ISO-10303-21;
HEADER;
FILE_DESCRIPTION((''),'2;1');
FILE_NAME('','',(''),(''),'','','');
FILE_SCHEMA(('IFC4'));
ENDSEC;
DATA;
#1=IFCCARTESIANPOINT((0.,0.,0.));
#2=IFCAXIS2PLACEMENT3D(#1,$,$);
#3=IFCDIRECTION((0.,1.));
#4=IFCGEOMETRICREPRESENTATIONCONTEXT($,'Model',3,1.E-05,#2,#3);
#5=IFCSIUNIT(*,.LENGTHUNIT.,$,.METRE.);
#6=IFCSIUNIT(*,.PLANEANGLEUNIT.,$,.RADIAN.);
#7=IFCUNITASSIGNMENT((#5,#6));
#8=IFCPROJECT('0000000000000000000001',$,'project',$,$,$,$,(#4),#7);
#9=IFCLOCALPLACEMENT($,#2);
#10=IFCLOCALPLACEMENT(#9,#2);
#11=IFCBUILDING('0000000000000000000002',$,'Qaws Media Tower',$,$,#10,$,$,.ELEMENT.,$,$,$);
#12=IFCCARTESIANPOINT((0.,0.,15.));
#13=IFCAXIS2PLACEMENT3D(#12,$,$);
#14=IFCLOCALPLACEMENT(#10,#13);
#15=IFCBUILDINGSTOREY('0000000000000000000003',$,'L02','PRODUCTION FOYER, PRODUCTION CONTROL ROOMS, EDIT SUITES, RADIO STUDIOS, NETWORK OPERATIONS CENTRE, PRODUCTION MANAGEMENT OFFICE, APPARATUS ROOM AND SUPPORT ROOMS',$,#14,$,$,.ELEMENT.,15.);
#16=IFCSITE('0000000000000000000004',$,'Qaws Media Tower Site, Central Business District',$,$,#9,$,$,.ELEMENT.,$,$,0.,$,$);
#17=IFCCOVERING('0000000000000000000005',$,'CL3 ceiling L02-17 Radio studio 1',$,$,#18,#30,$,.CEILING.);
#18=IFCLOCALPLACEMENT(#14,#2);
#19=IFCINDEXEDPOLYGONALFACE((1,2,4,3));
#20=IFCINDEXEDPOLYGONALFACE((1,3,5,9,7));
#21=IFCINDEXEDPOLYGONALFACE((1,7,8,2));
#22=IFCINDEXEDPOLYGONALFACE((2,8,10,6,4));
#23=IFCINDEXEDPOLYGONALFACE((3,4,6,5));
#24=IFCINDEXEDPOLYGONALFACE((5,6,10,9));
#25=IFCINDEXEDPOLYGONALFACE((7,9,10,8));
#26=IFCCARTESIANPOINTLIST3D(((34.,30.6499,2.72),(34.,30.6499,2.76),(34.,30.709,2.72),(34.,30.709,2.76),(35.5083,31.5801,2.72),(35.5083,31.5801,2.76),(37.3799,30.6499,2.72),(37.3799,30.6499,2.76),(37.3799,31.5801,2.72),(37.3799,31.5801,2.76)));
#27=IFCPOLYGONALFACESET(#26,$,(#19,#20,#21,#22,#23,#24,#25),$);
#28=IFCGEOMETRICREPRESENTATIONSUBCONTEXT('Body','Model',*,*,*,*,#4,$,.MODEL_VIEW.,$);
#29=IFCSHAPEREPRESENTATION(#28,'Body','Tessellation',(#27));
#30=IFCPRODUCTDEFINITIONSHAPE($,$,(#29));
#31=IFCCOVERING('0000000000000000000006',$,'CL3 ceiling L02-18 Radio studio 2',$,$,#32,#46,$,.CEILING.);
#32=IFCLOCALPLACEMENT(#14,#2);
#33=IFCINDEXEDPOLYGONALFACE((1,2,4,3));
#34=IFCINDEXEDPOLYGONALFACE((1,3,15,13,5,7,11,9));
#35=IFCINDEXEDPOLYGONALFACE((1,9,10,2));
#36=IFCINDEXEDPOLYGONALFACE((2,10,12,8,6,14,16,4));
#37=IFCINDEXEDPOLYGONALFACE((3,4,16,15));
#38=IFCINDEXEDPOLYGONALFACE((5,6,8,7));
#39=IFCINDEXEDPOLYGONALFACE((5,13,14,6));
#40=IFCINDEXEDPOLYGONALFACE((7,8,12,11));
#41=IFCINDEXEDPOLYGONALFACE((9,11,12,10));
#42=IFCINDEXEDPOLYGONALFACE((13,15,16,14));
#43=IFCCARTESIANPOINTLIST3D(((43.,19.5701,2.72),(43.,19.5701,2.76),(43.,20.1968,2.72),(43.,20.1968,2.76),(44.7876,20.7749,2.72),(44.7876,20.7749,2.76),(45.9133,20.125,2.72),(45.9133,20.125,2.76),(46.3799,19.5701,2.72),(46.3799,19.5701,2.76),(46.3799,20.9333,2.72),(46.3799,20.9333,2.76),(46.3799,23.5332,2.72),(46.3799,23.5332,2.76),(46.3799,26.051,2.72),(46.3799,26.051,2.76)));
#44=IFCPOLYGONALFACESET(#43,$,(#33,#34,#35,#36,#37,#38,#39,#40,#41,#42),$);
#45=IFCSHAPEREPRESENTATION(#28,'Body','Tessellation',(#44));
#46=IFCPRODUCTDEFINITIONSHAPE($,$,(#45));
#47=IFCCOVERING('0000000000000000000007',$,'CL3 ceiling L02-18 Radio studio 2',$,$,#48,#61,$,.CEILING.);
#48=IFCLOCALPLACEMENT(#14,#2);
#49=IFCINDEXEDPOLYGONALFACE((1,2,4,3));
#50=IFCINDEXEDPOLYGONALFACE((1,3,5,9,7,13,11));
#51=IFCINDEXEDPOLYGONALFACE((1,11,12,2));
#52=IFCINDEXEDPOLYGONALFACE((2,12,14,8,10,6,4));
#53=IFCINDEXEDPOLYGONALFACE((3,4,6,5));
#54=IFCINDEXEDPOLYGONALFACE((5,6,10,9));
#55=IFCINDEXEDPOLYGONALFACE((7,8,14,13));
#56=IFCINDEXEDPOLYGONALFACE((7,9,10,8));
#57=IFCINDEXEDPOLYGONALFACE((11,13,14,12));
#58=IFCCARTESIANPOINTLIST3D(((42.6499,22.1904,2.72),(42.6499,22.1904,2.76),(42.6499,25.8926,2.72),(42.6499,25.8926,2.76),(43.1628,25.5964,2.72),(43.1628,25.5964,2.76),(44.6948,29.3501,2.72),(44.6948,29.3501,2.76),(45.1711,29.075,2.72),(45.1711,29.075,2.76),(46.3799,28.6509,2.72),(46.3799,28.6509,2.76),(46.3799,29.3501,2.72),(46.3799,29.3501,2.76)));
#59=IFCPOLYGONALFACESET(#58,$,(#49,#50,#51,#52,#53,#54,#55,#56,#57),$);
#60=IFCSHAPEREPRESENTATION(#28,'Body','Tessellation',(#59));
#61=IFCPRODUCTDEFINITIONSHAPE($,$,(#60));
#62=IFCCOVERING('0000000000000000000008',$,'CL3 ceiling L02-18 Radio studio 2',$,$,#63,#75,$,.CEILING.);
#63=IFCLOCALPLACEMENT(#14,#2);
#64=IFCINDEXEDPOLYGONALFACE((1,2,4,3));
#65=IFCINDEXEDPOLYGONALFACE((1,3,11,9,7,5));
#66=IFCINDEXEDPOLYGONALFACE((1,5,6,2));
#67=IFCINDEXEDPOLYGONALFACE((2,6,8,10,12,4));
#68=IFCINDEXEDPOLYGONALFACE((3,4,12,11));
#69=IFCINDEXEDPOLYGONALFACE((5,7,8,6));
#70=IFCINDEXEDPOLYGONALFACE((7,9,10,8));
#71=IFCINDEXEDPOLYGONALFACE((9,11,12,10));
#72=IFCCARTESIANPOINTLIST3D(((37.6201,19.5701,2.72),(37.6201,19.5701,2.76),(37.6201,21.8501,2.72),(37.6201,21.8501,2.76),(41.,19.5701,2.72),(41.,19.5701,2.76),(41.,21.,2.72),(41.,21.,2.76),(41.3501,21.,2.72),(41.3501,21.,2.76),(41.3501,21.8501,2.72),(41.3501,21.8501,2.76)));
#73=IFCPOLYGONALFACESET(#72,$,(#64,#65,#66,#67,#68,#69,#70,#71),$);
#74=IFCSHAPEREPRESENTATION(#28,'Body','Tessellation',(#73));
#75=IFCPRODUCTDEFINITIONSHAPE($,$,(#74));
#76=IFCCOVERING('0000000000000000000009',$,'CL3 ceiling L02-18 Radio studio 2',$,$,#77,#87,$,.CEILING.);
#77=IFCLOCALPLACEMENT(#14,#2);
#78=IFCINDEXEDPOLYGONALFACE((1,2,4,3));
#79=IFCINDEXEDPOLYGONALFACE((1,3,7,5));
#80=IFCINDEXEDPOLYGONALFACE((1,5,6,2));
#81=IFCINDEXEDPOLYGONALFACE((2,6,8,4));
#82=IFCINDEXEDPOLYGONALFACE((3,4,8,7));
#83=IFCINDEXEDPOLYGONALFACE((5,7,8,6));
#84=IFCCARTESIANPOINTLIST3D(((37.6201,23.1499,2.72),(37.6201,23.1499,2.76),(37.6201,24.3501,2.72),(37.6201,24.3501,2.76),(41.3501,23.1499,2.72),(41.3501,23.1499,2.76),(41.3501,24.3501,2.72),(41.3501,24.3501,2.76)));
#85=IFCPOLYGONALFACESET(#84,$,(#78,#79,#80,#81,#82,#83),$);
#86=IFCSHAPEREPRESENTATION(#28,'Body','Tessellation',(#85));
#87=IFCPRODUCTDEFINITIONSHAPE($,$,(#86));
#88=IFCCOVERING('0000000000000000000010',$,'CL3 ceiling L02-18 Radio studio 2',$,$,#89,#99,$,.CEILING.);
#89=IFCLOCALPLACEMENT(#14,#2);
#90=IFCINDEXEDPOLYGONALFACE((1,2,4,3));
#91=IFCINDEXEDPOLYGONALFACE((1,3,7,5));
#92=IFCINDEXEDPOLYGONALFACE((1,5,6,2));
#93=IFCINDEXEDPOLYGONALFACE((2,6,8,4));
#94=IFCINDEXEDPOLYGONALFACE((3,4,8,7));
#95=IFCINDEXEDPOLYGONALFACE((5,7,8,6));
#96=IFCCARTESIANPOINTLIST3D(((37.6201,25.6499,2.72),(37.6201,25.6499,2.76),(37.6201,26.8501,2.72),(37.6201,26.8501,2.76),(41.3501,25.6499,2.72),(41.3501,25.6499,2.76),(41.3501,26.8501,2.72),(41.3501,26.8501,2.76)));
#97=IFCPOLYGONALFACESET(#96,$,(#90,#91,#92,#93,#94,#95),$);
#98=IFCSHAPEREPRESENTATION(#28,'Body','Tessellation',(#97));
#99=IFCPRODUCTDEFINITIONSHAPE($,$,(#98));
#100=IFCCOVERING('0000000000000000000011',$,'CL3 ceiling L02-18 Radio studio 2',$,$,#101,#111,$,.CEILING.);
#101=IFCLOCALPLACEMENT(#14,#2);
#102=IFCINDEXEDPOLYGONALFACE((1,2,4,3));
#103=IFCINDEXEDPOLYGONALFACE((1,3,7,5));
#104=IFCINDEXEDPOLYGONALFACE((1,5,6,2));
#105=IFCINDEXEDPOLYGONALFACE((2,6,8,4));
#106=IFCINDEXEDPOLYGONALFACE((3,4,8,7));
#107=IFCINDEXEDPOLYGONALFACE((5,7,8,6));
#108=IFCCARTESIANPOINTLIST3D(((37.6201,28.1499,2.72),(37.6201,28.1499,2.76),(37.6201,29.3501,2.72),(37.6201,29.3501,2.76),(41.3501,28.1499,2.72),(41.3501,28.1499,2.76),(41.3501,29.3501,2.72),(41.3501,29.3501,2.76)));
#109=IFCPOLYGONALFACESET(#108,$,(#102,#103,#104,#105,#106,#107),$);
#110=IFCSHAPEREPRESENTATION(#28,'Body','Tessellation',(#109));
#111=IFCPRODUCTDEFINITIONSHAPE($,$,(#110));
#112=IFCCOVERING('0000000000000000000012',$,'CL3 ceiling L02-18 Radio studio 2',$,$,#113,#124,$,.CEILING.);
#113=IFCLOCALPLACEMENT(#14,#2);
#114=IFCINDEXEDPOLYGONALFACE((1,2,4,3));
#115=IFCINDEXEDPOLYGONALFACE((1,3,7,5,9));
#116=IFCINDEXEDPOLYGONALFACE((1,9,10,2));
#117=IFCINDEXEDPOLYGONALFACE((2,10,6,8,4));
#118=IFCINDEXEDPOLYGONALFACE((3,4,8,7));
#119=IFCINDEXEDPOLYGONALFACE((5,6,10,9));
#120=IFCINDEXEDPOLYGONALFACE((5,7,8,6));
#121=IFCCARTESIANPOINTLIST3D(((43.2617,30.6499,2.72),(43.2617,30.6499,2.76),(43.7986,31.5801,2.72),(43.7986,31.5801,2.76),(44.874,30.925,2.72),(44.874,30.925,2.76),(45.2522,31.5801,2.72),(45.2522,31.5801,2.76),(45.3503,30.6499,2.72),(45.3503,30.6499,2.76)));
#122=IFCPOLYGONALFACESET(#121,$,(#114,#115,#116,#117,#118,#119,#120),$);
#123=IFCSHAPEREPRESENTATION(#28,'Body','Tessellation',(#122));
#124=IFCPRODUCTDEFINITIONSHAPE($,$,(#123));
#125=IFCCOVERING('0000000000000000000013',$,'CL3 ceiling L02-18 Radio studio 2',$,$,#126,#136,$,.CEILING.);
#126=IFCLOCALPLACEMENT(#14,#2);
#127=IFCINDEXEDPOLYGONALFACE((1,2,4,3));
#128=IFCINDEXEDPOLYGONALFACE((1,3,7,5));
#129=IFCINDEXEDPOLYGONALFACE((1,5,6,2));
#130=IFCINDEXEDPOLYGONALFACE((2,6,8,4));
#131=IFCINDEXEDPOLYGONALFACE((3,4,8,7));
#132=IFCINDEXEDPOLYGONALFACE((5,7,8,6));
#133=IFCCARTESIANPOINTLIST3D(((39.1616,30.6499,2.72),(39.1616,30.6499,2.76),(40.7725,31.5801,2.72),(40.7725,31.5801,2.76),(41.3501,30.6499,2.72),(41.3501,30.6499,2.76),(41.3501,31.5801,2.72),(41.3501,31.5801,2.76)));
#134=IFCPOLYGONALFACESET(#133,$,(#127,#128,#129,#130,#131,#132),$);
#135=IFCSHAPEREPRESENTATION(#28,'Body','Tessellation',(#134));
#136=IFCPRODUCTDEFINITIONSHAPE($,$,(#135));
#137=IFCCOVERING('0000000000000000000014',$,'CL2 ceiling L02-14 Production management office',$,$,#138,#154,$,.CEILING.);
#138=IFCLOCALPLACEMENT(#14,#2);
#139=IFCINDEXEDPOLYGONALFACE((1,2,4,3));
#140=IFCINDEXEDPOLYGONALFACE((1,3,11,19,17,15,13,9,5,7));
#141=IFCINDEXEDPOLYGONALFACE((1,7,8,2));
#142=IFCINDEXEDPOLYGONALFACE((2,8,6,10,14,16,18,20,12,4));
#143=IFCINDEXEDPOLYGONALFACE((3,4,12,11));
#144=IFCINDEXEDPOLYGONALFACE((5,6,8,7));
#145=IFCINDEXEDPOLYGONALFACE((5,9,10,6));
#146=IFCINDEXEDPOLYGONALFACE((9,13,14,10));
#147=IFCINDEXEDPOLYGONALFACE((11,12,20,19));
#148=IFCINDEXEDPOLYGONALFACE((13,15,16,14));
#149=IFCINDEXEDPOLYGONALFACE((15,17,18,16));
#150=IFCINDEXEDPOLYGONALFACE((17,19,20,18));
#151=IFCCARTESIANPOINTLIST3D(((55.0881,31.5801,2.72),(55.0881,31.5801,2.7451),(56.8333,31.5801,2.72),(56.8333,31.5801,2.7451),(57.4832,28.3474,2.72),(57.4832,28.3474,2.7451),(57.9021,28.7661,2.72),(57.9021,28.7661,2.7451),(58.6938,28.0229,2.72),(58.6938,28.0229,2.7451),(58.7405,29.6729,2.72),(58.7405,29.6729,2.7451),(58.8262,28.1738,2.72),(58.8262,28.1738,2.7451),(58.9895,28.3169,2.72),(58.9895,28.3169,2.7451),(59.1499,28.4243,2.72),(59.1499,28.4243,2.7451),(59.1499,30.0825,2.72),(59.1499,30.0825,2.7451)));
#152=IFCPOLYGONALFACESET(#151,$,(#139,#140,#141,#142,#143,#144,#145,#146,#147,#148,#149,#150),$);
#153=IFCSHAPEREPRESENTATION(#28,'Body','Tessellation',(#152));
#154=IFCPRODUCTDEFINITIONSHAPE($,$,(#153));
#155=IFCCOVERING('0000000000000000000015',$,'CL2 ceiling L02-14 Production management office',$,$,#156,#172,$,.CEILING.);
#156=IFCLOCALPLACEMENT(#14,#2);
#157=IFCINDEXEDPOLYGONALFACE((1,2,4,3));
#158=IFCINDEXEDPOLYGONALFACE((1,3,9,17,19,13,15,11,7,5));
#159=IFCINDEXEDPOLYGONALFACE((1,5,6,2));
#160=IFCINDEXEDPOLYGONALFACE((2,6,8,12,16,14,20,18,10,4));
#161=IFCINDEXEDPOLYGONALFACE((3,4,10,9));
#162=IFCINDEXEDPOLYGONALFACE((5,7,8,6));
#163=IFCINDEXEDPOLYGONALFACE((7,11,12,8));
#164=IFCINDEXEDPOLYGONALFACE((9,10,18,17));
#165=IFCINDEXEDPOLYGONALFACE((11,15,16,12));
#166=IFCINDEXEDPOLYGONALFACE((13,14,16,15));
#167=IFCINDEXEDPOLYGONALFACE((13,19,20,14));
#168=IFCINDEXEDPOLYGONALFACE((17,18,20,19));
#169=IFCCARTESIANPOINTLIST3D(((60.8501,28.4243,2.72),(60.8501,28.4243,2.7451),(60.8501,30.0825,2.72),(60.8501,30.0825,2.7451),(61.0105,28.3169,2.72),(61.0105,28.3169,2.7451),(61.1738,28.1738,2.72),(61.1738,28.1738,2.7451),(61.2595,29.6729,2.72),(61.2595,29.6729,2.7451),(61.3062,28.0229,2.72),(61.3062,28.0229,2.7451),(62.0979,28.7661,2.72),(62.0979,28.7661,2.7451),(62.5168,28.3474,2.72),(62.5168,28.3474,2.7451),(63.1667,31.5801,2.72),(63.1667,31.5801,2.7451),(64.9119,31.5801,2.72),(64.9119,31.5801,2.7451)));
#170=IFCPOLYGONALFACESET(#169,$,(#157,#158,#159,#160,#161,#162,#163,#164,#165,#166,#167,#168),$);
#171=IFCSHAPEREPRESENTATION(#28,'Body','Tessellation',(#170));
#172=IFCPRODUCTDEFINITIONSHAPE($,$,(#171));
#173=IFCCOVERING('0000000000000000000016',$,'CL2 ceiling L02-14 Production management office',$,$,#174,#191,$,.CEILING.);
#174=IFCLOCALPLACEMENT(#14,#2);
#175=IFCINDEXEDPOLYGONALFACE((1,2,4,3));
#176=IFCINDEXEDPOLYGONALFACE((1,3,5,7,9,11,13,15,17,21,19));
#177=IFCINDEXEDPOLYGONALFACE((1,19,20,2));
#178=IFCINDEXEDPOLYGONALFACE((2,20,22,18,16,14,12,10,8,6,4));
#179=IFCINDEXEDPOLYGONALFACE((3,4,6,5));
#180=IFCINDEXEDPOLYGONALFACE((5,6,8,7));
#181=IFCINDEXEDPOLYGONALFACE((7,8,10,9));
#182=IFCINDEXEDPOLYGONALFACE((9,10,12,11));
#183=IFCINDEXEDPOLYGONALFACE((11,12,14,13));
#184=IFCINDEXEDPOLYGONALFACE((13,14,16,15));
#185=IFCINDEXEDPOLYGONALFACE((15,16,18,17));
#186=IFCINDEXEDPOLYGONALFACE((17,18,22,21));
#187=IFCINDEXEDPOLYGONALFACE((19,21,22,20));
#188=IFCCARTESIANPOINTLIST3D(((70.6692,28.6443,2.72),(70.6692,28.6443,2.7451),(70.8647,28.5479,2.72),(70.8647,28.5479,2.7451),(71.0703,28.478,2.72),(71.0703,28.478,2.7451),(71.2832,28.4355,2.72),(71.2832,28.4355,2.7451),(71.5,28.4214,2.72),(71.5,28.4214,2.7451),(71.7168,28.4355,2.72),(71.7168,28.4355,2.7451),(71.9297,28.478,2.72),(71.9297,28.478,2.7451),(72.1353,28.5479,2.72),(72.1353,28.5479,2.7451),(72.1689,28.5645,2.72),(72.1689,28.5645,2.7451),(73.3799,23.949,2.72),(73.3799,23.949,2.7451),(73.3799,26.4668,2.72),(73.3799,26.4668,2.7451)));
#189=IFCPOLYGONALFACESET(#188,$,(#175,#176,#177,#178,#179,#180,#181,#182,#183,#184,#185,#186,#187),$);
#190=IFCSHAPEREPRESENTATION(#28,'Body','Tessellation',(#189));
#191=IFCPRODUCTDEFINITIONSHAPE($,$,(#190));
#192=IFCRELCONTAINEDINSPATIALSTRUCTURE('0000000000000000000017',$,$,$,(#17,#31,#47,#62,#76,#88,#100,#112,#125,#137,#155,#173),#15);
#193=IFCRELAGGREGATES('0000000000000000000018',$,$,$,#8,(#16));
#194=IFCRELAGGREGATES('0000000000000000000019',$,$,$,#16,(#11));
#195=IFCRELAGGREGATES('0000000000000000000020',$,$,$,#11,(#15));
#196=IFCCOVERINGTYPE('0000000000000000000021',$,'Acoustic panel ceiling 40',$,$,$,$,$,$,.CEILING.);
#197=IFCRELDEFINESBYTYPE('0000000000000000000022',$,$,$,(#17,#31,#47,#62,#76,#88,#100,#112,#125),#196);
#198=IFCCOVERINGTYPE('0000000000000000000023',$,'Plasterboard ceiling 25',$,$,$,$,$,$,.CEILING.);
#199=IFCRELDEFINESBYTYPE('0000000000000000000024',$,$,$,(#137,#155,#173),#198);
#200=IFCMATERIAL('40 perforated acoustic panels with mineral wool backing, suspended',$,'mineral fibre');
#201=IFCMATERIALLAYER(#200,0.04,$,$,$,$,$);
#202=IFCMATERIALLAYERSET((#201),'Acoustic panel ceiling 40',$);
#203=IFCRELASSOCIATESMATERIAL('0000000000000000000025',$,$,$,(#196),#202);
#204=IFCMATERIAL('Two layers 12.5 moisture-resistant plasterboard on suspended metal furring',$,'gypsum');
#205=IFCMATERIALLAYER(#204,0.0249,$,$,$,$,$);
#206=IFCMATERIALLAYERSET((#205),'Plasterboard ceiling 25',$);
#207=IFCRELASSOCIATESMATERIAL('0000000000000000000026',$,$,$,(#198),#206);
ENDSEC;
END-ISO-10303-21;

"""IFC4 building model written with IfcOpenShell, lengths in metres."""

from ifc_helpers import new_model, si_unit, direction, frame, origin, place, context, subcontext, project, spatial, polyline, outline, extrude, material, layer, layer_set, type_object, element, save


model = new_model("IFC4")

# Units and contexts
model_context = context("Model", 3, precision=1e-05, world=origin(), true_north=direction((0.0, 1.0)))
body_context = subcontext(model_context, "Body", "Model", "MODEL_VIEW")
ifc_project = project(units=[si_unit("LENGTHUNIT", "METRE"), si_unit("PLANEANGLEUNIT", "RADIAN")], contexts=[model_context])

# Site, building, storey
site_placement = place(None, origin())
site = spatial("IfcSite", under=ifc_project, at=site_placement, Name="Qaws Media Tower Site, Central Business District", CompositionType="ELEMENT", RefElevation=0.0)
building_placement = place(site_placement, origin())
building = spatial("IfcBuilding", under=site, at=building_placement, Name="Qaws Media Tower", CompositionType="ELEMENT")
storey_placement = place(building_placement, frame((0.0, 0.0, 15.0)))
storey = spatial("IfcBuildingStorey", under=building, at=storey_placement, Name="L02", Description="PRODUCTION FOYER, PRODUCTION CONTROL ROOMS, EDIT SUITES, RADIO STUDIOS, NETWORK OPERATIONS CENTRE, PRODUCTION MANAGEMENT OFFICE, APPARATUS ROOM AND SUPPORT ROOMS", CompositionType="ELEMENT", Elevation=15.0)

# Coverings
ifc_material_1 = material(Name="40 perforated acoustic panels with mineral wool backing, suspended", Category="mineral fibre")
ifc_layer_1 = layer(ifc_material_1, 0.04)
ifc_layer_set_1 = layer_set([ifc_layer_1], Name="Acoustic panel ceiling 40")
covering_type_1 = type_object("IfcCoveringType", Name="Acoustic panel ceiling 40", PredefinedType="CEILING", material=ifc_layer_set_1)
covering_1_placement = place(storey_placement, frame((0.0, 0.0, 2.72)))
element("IfcCovering", 1, at=covering_1_placement, inside=storey, type_object=covering_type_1, Name="CL3 ceiling L02-17 Radio studio 1", PredefinedType="CEILING", context=body_context, shape_type="SweptSolid", body=[
    extrude(outline(polyline([(37.3799, 31.5801), (37.3799, 30.6499), (34.0, 30.6499), (34.0, 30.709), (35.5083, 31.5801), (37.3799, 31.5801)])), origin(), (0.0, 0.0, 1.0), 0.04),
])
covering_2_placement = place(storey_placement, frame((0.0, 0.0, 2.72)))
element("IfcCovering", 2, at=covering_2_placement, inside=storey, type_object=covering_type_1, Name="CL3 ceiling L02-18 Radio studio 2", PredefinedType="CEILING", context=body_context, shape_type="SweptSolid", body=[
    extrude(outline(polyline([(43.0, 19.5701), (43.0, 20.1968), (46.3799, 26.051), (46.3799, 23.5332), (44.7876, 20.7749), (45.9133, 20.125), (46.3799, 20.9333), (46.3799, 19.5701), (43.0, 19.5701)])), origin(), (0.0, 0.0, 1.0), 0.04),
])
covering_3_placement = place(storey_placement, frame((0.0, 0.0, 2.72)))
element("IfcCovering", 3, at=covering_3_placement, inside=storey, type_object=covering_type_1, Name="CL3 ceiling L02-18 Radio studio 2", PredefinedType="CEILING", context=body_context, shape_type="SweptSolid", body=[
    extrude(outline(polyline([(46.3799, 28.6509), (42.6499, 22.1904), (42.6499, 25.8926), (43.1628, 25.5964), (45.1711, 29.075), (44.6948, 29.3501), (46.3799, 29.3501), (46.3799, 28.6509)])), origin(), (0.0, 0.0, 1.0), 0.04),
])
covering_4_placement = place(storey_placement, frame((0.0, 0.0, 2.72)))
element("IfcCovering", 4, at=covering_4_placement, inside=storey, type_object=covering_type_1, Name="CL3 ceiling L02-18 Radio studio 2", PredefinedType="CEILING", context=body_context, shape_type="SweptSolid", body=[
    extrude(outline(polyline([(41.0, 21.0), (41.0, 19.5701), (37.6201, 19.5701), (37.6201, 21.8501), (41.3501, 21.8501), (41.3501, 21.0), (41.0, 21.0)])), origin(), (0.0, 0.0, 1.0), 0.04),
])
covering_5_placement = place(storey_placement, frame((0.0, 0.0, 2.72)))
element("IfcCovering", 5, at=covering_5_placement, inside=storey, type_object=covering_type_1, Name="CL3 ceiling L02-18 Radio studio 2", PredefinedType="CEILING", context=body_context, shape_type="SweptSolid", body=[
    extrude(outline(polyline([(37.6201, 24.3501), (41.3501, 24.3501), (41.3501, 23.1499), (37.6201, 23.1499), (37.6201, 24.3501)])), origin(), (0.0, 0.0, 1.0), 0.04),
])
covering_6_placement = place(storey_placement, frame((0.0, 0.0, 2.72)))
element("IfcCovering", 6, at=covering_6_placement, inside=storey, type_object=covering_type_1, Name="CL3 ceiling L02-18 Radio studio 2", PredefinedType="CEILING", context=body_context, shape_type="SweptSolid", body=[
    extrude(outline(polyline([(37.6201, 26.8501), (41.3501, 26.8501), (41.3501, 25.6499), (37.6201, 25.6499), (37.6201, 26.8501)])), origin(), (0.0, 0.0, 1.0), 0.04),
])
covering_7_placement = place(storey_placement, frame((0.0, 0.0, 2.72)))
element("IfcCovering", 7, at=covering_7_placement, inside=storey, type_object=covering_type_1, Name="CL3 ceiling L02-18 Radio studio 2", PredefinedType="CEILING", context=body_context, shape_type="SweptSolid", body=[
    extrude(outline(polyline([(37.6201, 29.3501), (41.3501, 29.3501), (41.3501, 28.1499), (37.6201, 28.1499), (37.6201, 29.3501)])), origin(), (0.0, 0.0, 1.0), 0.04),
])
covering_8_placement = place(storey_placement, frame((0.0, 0.0, 2.72)))
element("IfcCovering", 8, at=covering_8_placement, inside=storey, type_object=covering_type_1, Name="CL3 ceiling L02-18 Radio studio 2", PredefinedType="CEILING", context=body_context, shape_type="SweptSolid", body=[
    extrude(outline(polyline([(45.2522, 31.5801), (44.874, 30.925), (45.3503, 30.6499), (43.2617, 30.6499), (43.7986, 31.5801), (45.2522, 31.5801)])), origin(), (0.0, 0.0, 1.0), 0.04),
])
covering_9_placement = place(storey_placement, frame((0.0, 0.0, 2.72)))
element("IfcCovering", 9, at=covering_9_placement, inside=storey, type_object=covering_type_1, Name="CL3 ceiling L02-18 Radio studio 2", PredefinedType="CEILING", context=body_context, shape_type="SweptSolid", body=[
    extrude(outline(polyline([(41.3501, 31.5801), (41.3501, 30.6499), (39.1616, 30.6499), (40.7725, 31.5801), (41.3501, 31.5801)])), origin(), (0.0, 0.0, 1.0), 0.04),
])
ifc_material_2 = material(Name="Two layers 12.5 moisture-resistant plasterboard on suspended metal furring", Category="gypsum")
ifc_layer_2 = layer(ifc_material_2, 0.0249)
ifc_layer_set_2 = layer_set([ifc_layer_2], Name="Plasterboard ceiling 25")
covering_type_2 = type_object("IfcCoveringType", Name="Plasterboard ceiling 25", PredefinedType="CEILING", material=ifc_layer_set_2)
covering_10_placement = place(storey_placement, frame((0.0, 0.0, 2.72)))
element("IfcCovering", 10, at=covering_10_placement, inside=storey, type_object=covering_type_2, Name="CL2 ceiling L02-14 Production management office", PredefinedType="CEILING", context=body_context, shape_type="SweptSolid", body=[
    extrude(outline(polyline([(56.8333, 31.5801), (58.7405, 29.6729), (59.1499, 30.0825), (59.1499, 28.4243), (58.9895, 28.3169), (58.8262, 28.1738), (58.6938, 28.0229), (57.4832, 28.3474), (57.9021, 28.7661), (55.0881, 31.5801), (56.8333, 31.5801)])), origin(), (0.0, 0.0, 1.0), 0.0251),
])
covering_11_placement = place(storey_placement, frame((0.0, 0.0, 2.72)))
element("IfcCovering", 11, at=covering_11_placement, inside=storey, type_object=covering_type_2, Name="CL2 ceiling L02-14 Production management office", PredefinedType="CEILING", context=body_context, shape_type="SweptSolid", body=[
    extrude(outline(polyline([(64.9119, 31.5801), (62.0979, 28.7661), (62.5168, 28.3474), (61.3062, 28.0229), (61.1738, 28.1738), (61.0105, 28.3169), (60.8501, 28.4243), (60.8501, 30.0825), (61.2595, 29.6729), (63.1667, 31.5801), (64.9119, 31.5801)])), origin(), (0.0, 0.0, 1.0), 0.0251),
])
covering_12_placement = place(storey_placement, frame((0.0, 0.0, 2.72)))
element("IfcCovering", 12, at=covering_12_placement, inside=storey, type_object=covering_type_2, Name="CL2 ceiling L02-14 Production management office", PredefinedType="CEILING", context=body_context, shape_type="SweptSolid", body=[
    extrude(outline(polyline([(70.6692, 28.6443), (70.8647, 28.5479), (71.0703, 28.478), (71.2832, 28.4355), (71.5, 28.4214), (71.7168, 28.4355), (71.9297, 28.478), (72.1353, 28.5479), (72.1689, 28.5645), (73.3799, 26.4668), (73.3799, 23.949), (70.6692, 28.6443)])), origin(), (0.0, 0.0, 1.0), 0.0251),
])

save(model, "model.ifc")
